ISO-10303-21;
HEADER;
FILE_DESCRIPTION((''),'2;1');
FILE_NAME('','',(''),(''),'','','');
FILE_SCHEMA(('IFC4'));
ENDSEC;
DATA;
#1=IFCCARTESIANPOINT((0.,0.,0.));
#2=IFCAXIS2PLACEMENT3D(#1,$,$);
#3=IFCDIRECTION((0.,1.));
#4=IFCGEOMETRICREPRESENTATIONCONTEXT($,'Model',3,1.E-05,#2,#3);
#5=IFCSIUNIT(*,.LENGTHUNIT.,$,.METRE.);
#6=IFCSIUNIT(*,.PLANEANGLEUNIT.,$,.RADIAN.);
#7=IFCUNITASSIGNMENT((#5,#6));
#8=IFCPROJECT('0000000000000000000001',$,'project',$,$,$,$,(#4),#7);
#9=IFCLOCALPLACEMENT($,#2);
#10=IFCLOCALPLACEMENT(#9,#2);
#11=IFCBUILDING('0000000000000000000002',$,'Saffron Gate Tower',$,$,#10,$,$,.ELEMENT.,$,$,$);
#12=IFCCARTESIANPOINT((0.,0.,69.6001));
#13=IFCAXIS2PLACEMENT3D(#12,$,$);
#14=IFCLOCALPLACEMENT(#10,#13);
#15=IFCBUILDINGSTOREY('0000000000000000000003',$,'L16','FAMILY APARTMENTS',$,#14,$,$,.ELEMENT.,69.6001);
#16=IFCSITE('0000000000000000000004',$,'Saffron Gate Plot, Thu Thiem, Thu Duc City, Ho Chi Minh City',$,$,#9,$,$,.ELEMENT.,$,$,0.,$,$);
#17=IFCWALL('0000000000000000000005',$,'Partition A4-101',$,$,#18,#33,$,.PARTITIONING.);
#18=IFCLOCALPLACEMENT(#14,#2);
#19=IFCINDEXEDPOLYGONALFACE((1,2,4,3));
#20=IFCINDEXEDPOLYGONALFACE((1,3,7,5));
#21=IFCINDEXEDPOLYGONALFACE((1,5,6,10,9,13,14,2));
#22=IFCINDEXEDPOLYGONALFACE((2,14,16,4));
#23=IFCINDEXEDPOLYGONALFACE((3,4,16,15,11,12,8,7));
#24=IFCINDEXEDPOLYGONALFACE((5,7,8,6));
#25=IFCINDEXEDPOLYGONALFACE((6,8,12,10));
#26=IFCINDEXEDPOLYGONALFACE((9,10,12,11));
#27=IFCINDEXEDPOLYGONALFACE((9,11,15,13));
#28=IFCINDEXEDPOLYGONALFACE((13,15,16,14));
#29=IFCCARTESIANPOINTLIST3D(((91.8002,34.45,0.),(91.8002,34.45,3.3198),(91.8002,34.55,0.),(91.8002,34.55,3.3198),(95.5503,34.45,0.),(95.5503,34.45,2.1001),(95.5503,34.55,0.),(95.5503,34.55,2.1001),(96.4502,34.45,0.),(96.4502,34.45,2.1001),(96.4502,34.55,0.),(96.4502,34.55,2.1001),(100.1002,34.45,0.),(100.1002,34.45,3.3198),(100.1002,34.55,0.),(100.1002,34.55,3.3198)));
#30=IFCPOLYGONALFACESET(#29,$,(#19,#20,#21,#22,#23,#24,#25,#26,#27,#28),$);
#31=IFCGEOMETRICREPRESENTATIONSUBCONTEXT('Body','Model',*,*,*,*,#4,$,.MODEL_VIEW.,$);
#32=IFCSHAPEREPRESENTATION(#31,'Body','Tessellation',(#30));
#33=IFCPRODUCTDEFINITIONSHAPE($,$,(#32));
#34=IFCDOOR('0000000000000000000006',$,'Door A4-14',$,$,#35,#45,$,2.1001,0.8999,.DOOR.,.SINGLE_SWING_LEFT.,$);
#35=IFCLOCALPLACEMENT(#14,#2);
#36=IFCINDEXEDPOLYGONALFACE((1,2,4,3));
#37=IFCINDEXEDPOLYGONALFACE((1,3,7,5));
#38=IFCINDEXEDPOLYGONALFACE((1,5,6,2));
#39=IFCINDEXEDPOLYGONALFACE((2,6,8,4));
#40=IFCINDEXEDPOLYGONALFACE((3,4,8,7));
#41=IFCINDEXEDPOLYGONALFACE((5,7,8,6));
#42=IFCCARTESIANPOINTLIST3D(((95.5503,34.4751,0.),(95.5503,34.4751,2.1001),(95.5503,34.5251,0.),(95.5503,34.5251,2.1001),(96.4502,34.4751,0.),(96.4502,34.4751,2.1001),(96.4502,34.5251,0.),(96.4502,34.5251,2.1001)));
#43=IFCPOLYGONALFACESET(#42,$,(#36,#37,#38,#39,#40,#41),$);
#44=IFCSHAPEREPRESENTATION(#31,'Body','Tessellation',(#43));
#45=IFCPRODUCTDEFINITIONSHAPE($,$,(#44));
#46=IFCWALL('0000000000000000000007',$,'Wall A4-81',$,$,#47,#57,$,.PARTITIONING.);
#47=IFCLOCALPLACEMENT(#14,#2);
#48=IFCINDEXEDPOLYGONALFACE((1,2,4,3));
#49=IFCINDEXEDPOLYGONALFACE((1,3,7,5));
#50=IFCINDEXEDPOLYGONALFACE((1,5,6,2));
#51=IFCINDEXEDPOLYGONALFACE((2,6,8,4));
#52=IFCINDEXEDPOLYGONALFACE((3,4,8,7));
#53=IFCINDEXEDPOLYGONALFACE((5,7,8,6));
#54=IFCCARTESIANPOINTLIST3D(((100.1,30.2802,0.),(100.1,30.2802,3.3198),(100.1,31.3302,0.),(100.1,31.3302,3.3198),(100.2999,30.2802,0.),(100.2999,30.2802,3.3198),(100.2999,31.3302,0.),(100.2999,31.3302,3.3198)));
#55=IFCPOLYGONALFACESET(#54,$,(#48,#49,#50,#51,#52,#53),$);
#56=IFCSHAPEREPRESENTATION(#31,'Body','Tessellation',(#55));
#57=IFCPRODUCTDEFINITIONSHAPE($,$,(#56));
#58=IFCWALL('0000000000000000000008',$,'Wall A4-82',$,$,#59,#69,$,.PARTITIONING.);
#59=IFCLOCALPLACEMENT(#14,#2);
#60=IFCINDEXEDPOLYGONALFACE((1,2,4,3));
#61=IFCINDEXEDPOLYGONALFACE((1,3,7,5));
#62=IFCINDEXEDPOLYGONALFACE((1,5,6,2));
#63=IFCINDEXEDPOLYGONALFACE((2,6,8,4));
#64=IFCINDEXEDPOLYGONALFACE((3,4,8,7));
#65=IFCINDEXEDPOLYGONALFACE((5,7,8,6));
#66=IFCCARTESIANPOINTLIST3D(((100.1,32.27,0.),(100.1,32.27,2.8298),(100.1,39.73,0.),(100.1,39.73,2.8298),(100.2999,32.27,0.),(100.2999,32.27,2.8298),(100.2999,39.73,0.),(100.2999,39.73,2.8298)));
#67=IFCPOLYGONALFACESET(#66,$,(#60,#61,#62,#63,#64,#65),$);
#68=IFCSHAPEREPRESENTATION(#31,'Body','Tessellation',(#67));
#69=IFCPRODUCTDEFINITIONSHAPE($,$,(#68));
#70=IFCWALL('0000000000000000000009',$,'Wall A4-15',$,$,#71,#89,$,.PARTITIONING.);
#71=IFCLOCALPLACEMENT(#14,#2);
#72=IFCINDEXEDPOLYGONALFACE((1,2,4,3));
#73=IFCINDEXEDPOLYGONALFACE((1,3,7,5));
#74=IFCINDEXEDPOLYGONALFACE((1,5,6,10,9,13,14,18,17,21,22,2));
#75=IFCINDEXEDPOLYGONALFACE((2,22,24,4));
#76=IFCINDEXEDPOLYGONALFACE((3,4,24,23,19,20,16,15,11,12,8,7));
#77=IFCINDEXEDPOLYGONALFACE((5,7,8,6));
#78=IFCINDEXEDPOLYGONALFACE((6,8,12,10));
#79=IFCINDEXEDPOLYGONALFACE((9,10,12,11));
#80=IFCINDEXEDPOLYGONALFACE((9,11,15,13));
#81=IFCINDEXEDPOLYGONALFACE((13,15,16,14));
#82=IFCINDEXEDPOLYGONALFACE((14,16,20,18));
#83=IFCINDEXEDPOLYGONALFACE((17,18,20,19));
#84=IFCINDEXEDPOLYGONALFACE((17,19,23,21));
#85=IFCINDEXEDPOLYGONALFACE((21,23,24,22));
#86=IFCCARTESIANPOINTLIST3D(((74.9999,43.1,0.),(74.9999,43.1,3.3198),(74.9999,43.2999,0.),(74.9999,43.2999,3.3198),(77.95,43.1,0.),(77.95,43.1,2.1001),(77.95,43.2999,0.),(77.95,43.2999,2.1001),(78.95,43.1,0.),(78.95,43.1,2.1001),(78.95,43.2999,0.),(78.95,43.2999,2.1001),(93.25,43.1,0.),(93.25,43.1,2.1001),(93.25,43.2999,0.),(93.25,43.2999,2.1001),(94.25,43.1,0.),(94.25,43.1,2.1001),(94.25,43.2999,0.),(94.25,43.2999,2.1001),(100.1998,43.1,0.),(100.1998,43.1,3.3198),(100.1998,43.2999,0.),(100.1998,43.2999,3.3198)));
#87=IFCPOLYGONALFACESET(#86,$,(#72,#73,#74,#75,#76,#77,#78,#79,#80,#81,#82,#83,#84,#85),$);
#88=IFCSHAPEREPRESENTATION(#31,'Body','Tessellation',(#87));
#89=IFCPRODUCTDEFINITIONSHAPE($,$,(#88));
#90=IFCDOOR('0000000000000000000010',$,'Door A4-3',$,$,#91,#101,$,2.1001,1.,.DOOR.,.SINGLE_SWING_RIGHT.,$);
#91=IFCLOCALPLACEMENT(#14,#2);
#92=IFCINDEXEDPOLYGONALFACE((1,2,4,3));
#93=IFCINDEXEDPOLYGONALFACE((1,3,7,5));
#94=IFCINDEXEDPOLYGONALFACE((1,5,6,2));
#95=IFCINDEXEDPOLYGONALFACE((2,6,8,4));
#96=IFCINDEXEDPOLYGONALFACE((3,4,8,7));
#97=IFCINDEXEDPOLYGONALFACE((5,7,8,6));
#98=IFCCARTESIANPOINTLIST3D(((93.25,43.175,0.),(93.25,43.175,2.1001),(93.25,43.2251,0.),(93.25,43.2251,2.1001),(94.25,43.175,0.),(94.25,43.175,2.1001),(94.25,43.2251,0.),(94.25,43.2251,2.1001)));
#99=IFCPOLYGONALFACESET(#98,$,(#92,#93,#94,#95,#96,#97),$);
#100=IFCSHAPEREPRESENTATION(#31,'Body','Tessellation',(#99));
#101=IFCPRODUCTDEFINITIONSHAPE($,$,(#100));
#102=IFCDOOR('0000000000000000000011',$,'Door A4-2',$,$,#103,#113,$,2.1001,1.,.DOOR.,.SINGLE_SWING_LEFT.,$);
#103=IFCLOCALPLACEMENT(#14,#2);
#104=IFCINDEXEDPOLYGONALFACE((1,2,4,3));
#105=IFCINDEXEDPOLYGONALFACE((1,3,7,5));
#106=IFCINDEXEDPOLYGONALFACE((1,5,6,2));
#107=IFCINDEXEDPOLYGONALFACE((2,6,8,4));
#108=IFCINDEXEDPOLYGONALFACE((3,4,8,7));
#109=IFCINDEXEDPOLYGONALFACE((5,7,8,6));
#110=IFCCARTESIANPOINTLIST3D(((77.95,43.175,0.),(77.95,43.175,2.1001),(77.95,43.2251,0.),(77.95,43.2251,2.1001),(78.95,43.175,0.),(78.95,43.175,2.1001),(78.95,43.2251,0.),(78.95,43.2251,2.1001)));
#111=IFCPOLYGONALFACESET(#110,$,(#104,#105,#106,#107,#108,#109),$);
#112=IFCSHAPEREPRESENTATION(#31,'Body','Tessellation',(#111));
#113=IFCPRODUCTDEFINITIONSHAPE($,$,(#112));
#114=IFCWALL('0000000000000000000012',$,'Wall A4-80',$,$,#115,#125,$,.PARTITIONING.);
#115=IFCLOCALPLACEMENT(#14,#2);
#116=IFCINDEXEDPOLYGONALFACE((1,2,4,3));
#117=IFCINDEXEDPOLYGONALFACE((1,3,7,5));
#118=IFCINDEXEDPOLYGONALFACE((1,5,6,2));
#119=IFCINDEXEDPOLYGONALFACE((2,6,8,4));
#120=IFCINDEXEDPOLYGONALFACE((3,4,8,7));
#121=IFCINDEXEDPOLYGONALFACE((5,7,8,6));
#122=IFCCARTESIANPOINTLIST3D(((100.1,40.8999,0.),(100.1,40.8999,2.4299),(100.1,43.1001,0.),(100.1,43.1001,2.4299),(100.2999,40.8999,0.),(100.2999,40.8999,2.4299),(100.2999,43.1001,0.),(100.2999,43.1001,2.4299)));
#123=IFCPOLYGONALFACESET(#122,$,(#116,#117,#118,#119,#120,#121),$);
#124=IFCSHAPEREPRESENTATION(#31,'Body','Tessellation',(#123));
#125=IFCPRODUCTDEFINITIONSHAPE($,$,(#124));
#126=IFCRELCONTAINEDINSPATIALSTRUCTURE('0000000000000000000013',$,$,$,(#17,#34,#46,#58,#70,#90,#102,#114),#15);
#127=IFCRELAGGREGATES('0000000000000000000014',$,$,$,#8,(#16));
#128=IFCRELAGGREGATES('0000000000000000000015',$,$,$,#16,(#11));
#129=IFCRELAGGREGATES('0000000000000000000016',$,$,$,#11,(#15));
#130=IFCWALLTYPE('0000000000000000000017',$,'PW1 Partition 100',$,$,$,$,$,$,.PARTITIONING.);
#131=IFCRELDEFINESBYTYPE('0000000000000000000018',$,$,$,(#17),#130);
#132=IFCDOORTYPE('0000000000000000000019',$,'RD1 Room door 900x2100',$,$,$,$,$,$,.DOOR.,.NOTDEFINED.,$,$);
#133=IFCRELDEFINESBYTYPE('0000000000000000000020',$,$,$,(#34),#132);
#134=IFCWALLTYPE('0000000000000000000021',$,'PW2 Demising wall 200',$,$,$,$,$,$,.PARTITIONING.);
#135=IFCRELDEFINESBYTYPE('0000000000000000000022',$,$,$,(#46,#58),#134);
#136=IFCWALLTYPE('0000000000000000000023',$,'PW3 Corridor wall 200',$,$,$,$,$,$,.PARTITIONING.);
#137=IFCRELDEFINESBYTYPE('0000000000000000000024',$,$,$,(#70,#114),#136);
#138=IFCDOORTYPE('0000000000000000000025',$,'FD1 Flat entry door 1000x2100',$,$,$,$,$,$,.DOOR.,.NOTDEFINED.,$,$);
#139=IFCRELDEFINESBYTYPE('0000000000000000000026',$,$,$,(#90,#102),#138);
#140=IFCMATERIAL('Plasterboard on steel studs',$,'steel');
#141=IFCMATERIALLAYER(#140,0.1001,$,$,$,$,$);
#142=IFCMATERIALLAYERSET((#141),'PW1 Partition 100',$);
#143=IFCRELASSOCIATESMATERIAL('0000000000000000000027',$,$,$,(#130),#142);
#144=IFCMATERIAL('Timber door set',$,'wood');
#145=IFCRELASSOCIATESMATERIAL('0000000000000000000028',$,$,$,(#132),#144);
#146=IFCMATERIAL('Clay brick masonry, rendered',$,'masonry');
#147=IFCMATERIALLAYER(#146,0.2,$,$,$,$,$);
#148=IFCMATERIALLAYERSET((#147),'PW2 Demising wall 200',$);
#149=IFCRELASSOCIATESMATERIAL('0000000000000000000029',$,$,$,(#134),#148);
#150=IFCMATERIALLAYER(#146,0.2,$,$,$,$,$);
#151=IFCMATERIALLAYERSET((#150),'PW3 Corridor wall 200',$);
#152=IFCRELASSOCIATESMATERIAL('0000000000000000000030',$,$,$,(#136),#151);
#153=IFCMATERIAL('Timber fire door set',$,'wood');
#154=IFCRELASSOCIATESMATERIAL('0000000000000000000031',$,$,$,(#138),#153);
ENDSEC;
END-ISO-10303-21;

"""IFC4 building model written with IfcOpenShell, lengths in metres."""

from ifc_helpers import new_model, si_unit, direction, frame, frame_2d, origin, place, context, subcontext, project, spatial, rectangle, extrude, material, layer, layer_set, type_object, element, fill, save


model = new_model("IFC4")

# Units and contexts
model_context = context("Model", 3, precision=1e-05, world=origin(), true_north=direction((0.0, 1.0)))
body_context = subcontext(model_context, "Body", "Model", "MODEL_VIEW")
ifc_project = project(units=[si_unit("LENGTHUNIT", "METRE"), si_unit("PLANEANGLEUNIT", "RADIAN")], contexts=[model_context])

# Site, building, storey
site_placement = place(None, origin())
site = spatial("IfcSite", under=ifc_project, at=site_placement, Name="Saffron Gate Plot, Thu Thiem, Thu Duc City, Ho Chi Minh City", CompositionType="ELEMENT", RefElevation=0.0)
building_placement = place(site_placement, origin())
building = spatial("IfcBuilding", under=site, at=building_placement, Name="Saffron Gate Tower", CompositionType="ELEMENT")
storey_placement = place(building_placement, frame((0.0, 0.0, 69.6001)))
storey = spatial("IfcBuildingStorey", under=building, at=storey_placement, Name="L16", Description="FAMILY APARTMENTS", CompositionType="ELEMENT", Elevation=69.6001)

# Shared definitions
ifc_material_1 = material(Name="Plasterboard on steel studs", Category="steel")
ifc_layer_1 = layer(ifc_material_1, 0.1001)
ifc_layer_set_1 = layer_set([ifc_layer_1], Name="PW1 Partition 100")
wall_type_1 = type_object("IfcWallType", Name="PW1 Partition 100", PredefinedType="PARTITIONING", material=ifc_layer_set_1)
ifc_material_2 = material(Name="Timber door set", Category="wood")

# Wall, opening, door
wall_1_placement = place(storey_placement, frame((100.1001, 34.5, 0.0), z_axis=(0.0, 0.0, 1.0), x_axis=(-1.0, 0.0, 0.0)))
wall_1 = element("IfcWall", 1, at=wall_1_placement, inside=storey, type_object=wall_type_1, Name="Partition A4-101", PredefinedType="PARTITIONING", context=body_context, shape_type="SweptSolid", body=[
    extrude(rectangle(XDim=8.3, YDim=0.1001, at=frame_2d((4.1499, 0.0))), origin(), (0.0, 0.0, 1.0), 3.3198),
])
opening_1_placement = place(wall_1_placement, frame((3.6499, 0.0, 0.0)))
opening_1 = element("IfcOpeningElement", 2, at=opening_1_placement, cuts=wall_1, PredefinedType="OPENING", context=body_context, shape_type="SweptSolid", body=[
    extrude(rectangle(XDim=0.8999, YDim=2.1001, at=frame_2d((0.45, 1.05))), frame((0.0, 0.0601, 0.0), z_axis=(0.0, -1.0, 0.0), x_axis=(1.0, 0.0, 0.0)), (0.0, 0.0, 1.0), 0.1201),
])
door_type_1 = type_object("IfcDoorType", Name="RD1 Room door 900x2100", OperationType="NOTDEFINED", PredefinedType="DOOR", material=ifc_material_2)
door_1_placement = place(opening_1_placement, origin())
door_1 = element("IfcDoor", 3, at=door_1_placement, inside=storey, type_object=door_type_1, Name="Door A4-14", OperationType="SINGLE_SWING_LEFT", OverallHeight=2.1001, OverallWidth=0.8999, PredefinedType="DOOR", context=body_context, shape_type="SweptSolid", body=[
    extrude(rectangle(XDim=0.8999, YDim=2.1001, at=frame_2d((0.45, 1.05))), frame((0.0, 0.0249, 0.0), z_axis=(0.0, -1.0, 0.0), x_axis=(1.0, 0.0, 0.0)), (0.0, 0.0, 1.0), 0.05),
])
fill(opening_1, door_1)

# Walls
ifc_material_3 = material(Name="Clay brick masonry, rendered", Category="masonry")
ifc_layer_2 = layer(ifc_material_3, 0.2)
ifc_layer_set_2 = layer_set([ifc_layer_2], Name="PW2 Demising wall 200")
wall_type_2 = type_object("IfcWallType", Name="PW2 Demising wall 200", PredefinedType="PARTITIONING", material=ifc_layer_set_2)
wall_2_placement = place(storey_placement, frame((100.2, 31.3301, 0.0), z_axis=(0.0, 0.0, 1.0), x_axis=(0.0, -1.0, 0.0)))
element("IfcWall", 4, at=wall_2_placement, inside=storey, type_object=wall_type_2, Name="Wall A4-81", PredefinedType="PARTITIONING", context=body_context, shape_type="SweptSolid", body=[
    extrude(rectangle(XDim=1.05, YDim=0.2, at=frame_2d((0.5249, 0.0))), origin(), (0.0, 0.0, 1.0), 3.3198),
])
wall_3_placement = place(storey_placement, frame((100.2, 39.73, 0.0), z_axis=(0.0, 0.0, 1.0), x_axis=(0.0, -1.0, 0.0)))
element("IfcWall", 5, at=wall_3_placement, inside=storey, type_object=wall_type_2, Name="Wall A4-82", PredefinedType="PARTITIONING", context=body_context, shape_type="SweptSolid", body=[
    extrude(rectangle(XDim=7.46, YDim=0.2, at=frame_2d((3.73, 0.0))), origin(), (0.0, 0.0, 1.0), 2.8298),
])

# Wall, openings, doors
ifc_layer_3 = layer(ifc_material_3, 0.2)
ifc_layer_set_3 = layer_set([ifc_layer_3], Name="PW3 Corridor wall 200")
wall_type_3 = type_object("IfcWallType", Name="PW3 Corridor wall 200", PredefinedType="PARTITIONING", material=ifc_layer_set_3)
wall_4_placement = place(storey_placement, frame((100.2, 43.2, 0.0), z_axis=(0.0, 0.0, 1.0), x_axis=(-1.0, 0.0, 0.0)))
wall_4 = element("IfcWall", 6, at=wall_4_placement, inside=storey, type_object=wall_type_3, Name="Wall A4-15", PredefinedType="PARTITIONING", context=body_context, shape_type="SweptSolid", body=[
    extrude(rectangle(XDim=25.2, YDim=0.2, at=frame_2d((12.6001, 0.0))), origin(), (0.0, 0.0, 1.0), 3.3198),
])
opening_2_placement = place(wall_4_placement, frame((5.95, 0.0, 0.0)))
opening_2 = element("IfcOpeningElement", 7, at=opening_2_placement, cuts=wall_4, PredefinedType="OPENING", context=body_context, shape_type="SweptSolid", body=[
    extrude(rectangle(XDim=1.0, YDim=2.1001, at=frame_2d((0.5, 1.05))), frame((0.0, 0.1099, 0.0), z_axis=(0.0, -1.0, 0.0), x_axis=(1.0, 0.0, 0.0)), (0.0, 0.0, 1.0), 0.22),
])
opening_3_placement = place(wall_4_placement, frame((21.25, 0.0, 0.0)))
opening_3 = element("IfcOpeningElement", 8, at=opening_3_placement, cuts=wall_4, PredefinedType="OPENING", context=body_context, shape_type="SweptSolid", body=[
    extrude(rectangle(XDim=1.0, YDim=2.1001, at=frame_2d((0.5, 1.05))), frame((0.0, 0.1099, 0.0), z_axis=(0.0, -1.0, 0.0), x_axis=(1.0, 0.0, 0.0)), (0.0, 0.0, 1.0), 0.22),
])
ifc_material_4 = material(Name="Timber fire door set", Category="wood")
door_type_2 = type_object("IfcDoorType", Name="FD1 Flat entry door 1000x2100", OperationType="NOTDEFINED", PredefinedType="DOOR", material=ifc_material_4)
door_2_placement = place(opening_2_placement, origin())
door_2 = element("IfcDoor", 9, at=door_2_placement, inside=storey, type_object=door_type_2, Name="Door A4-3", OperationType="SINGLE_SWING_RIGHT", OverallHeight=2.1001, OverallWidth=1.0, PredefinedType="DOOR", context=body_context, shape_type="SweptSolid", body=[
    extrude(rectangle(XDim=1.0, YDim=2.1001, at=frame_2d((0.5, 1.05))), frame((0.0, 0.0249, 0.0), z_axis=(0.0, -1.0, 0.0), x_axis=(1.0, 0.0, 0.0)), (0.0, 0.0, 1.0), 0.05),
])
fill(opening_2, door_2)
door_3_placement = place(opening_3_placement, origin())
door_3 = element("IfcDoor", 10, at=door_3_placement, inside=storey, type_object=door_type_2, Name="Door A4-2", OperationType="SINGLE_SWING_LEFT", OverallHeight=2.1001, OverallWidth=1.0, PredefinedType="DOOR", context=body_context, shape_type="SweptSolid", body=[
    extrude(rectangle(XDim=1.0, YDim=2.1001, at=frame_2d((0.5, 1.05))), frame((0.0, 0.0249, 0.0), z_axis=(0.0, -1.0, 0.0), x_axis=(1.0, 0.0, 0.0)), (0.0, 0.0, 1.0), 0.05),
])
fill(opening_3, door_3)

# Wall
wall_5_placement = place(storey_placement, frame((100.2, 43.1001, 0.0), z_axis=(0.0, 0.0, 1.0), x_axis=(0.0, -1.0, 0.0)))
element("IfcWall", 11, at=wall_5_placement, inside=storey, type_object=wall_type_3, Name="Wall A4-80", PredefinedType="PARTITIONING", context=body_context, shape_type="SweptSolid", body=[
    extrude(rectangle(XDim=2.2002, YDim=0.2, at=frame_2d((1.1001, 0.0))), origin(), (0.0, 0.0, 1.0), 2.4299),
])

save(model, "model.ifc")
